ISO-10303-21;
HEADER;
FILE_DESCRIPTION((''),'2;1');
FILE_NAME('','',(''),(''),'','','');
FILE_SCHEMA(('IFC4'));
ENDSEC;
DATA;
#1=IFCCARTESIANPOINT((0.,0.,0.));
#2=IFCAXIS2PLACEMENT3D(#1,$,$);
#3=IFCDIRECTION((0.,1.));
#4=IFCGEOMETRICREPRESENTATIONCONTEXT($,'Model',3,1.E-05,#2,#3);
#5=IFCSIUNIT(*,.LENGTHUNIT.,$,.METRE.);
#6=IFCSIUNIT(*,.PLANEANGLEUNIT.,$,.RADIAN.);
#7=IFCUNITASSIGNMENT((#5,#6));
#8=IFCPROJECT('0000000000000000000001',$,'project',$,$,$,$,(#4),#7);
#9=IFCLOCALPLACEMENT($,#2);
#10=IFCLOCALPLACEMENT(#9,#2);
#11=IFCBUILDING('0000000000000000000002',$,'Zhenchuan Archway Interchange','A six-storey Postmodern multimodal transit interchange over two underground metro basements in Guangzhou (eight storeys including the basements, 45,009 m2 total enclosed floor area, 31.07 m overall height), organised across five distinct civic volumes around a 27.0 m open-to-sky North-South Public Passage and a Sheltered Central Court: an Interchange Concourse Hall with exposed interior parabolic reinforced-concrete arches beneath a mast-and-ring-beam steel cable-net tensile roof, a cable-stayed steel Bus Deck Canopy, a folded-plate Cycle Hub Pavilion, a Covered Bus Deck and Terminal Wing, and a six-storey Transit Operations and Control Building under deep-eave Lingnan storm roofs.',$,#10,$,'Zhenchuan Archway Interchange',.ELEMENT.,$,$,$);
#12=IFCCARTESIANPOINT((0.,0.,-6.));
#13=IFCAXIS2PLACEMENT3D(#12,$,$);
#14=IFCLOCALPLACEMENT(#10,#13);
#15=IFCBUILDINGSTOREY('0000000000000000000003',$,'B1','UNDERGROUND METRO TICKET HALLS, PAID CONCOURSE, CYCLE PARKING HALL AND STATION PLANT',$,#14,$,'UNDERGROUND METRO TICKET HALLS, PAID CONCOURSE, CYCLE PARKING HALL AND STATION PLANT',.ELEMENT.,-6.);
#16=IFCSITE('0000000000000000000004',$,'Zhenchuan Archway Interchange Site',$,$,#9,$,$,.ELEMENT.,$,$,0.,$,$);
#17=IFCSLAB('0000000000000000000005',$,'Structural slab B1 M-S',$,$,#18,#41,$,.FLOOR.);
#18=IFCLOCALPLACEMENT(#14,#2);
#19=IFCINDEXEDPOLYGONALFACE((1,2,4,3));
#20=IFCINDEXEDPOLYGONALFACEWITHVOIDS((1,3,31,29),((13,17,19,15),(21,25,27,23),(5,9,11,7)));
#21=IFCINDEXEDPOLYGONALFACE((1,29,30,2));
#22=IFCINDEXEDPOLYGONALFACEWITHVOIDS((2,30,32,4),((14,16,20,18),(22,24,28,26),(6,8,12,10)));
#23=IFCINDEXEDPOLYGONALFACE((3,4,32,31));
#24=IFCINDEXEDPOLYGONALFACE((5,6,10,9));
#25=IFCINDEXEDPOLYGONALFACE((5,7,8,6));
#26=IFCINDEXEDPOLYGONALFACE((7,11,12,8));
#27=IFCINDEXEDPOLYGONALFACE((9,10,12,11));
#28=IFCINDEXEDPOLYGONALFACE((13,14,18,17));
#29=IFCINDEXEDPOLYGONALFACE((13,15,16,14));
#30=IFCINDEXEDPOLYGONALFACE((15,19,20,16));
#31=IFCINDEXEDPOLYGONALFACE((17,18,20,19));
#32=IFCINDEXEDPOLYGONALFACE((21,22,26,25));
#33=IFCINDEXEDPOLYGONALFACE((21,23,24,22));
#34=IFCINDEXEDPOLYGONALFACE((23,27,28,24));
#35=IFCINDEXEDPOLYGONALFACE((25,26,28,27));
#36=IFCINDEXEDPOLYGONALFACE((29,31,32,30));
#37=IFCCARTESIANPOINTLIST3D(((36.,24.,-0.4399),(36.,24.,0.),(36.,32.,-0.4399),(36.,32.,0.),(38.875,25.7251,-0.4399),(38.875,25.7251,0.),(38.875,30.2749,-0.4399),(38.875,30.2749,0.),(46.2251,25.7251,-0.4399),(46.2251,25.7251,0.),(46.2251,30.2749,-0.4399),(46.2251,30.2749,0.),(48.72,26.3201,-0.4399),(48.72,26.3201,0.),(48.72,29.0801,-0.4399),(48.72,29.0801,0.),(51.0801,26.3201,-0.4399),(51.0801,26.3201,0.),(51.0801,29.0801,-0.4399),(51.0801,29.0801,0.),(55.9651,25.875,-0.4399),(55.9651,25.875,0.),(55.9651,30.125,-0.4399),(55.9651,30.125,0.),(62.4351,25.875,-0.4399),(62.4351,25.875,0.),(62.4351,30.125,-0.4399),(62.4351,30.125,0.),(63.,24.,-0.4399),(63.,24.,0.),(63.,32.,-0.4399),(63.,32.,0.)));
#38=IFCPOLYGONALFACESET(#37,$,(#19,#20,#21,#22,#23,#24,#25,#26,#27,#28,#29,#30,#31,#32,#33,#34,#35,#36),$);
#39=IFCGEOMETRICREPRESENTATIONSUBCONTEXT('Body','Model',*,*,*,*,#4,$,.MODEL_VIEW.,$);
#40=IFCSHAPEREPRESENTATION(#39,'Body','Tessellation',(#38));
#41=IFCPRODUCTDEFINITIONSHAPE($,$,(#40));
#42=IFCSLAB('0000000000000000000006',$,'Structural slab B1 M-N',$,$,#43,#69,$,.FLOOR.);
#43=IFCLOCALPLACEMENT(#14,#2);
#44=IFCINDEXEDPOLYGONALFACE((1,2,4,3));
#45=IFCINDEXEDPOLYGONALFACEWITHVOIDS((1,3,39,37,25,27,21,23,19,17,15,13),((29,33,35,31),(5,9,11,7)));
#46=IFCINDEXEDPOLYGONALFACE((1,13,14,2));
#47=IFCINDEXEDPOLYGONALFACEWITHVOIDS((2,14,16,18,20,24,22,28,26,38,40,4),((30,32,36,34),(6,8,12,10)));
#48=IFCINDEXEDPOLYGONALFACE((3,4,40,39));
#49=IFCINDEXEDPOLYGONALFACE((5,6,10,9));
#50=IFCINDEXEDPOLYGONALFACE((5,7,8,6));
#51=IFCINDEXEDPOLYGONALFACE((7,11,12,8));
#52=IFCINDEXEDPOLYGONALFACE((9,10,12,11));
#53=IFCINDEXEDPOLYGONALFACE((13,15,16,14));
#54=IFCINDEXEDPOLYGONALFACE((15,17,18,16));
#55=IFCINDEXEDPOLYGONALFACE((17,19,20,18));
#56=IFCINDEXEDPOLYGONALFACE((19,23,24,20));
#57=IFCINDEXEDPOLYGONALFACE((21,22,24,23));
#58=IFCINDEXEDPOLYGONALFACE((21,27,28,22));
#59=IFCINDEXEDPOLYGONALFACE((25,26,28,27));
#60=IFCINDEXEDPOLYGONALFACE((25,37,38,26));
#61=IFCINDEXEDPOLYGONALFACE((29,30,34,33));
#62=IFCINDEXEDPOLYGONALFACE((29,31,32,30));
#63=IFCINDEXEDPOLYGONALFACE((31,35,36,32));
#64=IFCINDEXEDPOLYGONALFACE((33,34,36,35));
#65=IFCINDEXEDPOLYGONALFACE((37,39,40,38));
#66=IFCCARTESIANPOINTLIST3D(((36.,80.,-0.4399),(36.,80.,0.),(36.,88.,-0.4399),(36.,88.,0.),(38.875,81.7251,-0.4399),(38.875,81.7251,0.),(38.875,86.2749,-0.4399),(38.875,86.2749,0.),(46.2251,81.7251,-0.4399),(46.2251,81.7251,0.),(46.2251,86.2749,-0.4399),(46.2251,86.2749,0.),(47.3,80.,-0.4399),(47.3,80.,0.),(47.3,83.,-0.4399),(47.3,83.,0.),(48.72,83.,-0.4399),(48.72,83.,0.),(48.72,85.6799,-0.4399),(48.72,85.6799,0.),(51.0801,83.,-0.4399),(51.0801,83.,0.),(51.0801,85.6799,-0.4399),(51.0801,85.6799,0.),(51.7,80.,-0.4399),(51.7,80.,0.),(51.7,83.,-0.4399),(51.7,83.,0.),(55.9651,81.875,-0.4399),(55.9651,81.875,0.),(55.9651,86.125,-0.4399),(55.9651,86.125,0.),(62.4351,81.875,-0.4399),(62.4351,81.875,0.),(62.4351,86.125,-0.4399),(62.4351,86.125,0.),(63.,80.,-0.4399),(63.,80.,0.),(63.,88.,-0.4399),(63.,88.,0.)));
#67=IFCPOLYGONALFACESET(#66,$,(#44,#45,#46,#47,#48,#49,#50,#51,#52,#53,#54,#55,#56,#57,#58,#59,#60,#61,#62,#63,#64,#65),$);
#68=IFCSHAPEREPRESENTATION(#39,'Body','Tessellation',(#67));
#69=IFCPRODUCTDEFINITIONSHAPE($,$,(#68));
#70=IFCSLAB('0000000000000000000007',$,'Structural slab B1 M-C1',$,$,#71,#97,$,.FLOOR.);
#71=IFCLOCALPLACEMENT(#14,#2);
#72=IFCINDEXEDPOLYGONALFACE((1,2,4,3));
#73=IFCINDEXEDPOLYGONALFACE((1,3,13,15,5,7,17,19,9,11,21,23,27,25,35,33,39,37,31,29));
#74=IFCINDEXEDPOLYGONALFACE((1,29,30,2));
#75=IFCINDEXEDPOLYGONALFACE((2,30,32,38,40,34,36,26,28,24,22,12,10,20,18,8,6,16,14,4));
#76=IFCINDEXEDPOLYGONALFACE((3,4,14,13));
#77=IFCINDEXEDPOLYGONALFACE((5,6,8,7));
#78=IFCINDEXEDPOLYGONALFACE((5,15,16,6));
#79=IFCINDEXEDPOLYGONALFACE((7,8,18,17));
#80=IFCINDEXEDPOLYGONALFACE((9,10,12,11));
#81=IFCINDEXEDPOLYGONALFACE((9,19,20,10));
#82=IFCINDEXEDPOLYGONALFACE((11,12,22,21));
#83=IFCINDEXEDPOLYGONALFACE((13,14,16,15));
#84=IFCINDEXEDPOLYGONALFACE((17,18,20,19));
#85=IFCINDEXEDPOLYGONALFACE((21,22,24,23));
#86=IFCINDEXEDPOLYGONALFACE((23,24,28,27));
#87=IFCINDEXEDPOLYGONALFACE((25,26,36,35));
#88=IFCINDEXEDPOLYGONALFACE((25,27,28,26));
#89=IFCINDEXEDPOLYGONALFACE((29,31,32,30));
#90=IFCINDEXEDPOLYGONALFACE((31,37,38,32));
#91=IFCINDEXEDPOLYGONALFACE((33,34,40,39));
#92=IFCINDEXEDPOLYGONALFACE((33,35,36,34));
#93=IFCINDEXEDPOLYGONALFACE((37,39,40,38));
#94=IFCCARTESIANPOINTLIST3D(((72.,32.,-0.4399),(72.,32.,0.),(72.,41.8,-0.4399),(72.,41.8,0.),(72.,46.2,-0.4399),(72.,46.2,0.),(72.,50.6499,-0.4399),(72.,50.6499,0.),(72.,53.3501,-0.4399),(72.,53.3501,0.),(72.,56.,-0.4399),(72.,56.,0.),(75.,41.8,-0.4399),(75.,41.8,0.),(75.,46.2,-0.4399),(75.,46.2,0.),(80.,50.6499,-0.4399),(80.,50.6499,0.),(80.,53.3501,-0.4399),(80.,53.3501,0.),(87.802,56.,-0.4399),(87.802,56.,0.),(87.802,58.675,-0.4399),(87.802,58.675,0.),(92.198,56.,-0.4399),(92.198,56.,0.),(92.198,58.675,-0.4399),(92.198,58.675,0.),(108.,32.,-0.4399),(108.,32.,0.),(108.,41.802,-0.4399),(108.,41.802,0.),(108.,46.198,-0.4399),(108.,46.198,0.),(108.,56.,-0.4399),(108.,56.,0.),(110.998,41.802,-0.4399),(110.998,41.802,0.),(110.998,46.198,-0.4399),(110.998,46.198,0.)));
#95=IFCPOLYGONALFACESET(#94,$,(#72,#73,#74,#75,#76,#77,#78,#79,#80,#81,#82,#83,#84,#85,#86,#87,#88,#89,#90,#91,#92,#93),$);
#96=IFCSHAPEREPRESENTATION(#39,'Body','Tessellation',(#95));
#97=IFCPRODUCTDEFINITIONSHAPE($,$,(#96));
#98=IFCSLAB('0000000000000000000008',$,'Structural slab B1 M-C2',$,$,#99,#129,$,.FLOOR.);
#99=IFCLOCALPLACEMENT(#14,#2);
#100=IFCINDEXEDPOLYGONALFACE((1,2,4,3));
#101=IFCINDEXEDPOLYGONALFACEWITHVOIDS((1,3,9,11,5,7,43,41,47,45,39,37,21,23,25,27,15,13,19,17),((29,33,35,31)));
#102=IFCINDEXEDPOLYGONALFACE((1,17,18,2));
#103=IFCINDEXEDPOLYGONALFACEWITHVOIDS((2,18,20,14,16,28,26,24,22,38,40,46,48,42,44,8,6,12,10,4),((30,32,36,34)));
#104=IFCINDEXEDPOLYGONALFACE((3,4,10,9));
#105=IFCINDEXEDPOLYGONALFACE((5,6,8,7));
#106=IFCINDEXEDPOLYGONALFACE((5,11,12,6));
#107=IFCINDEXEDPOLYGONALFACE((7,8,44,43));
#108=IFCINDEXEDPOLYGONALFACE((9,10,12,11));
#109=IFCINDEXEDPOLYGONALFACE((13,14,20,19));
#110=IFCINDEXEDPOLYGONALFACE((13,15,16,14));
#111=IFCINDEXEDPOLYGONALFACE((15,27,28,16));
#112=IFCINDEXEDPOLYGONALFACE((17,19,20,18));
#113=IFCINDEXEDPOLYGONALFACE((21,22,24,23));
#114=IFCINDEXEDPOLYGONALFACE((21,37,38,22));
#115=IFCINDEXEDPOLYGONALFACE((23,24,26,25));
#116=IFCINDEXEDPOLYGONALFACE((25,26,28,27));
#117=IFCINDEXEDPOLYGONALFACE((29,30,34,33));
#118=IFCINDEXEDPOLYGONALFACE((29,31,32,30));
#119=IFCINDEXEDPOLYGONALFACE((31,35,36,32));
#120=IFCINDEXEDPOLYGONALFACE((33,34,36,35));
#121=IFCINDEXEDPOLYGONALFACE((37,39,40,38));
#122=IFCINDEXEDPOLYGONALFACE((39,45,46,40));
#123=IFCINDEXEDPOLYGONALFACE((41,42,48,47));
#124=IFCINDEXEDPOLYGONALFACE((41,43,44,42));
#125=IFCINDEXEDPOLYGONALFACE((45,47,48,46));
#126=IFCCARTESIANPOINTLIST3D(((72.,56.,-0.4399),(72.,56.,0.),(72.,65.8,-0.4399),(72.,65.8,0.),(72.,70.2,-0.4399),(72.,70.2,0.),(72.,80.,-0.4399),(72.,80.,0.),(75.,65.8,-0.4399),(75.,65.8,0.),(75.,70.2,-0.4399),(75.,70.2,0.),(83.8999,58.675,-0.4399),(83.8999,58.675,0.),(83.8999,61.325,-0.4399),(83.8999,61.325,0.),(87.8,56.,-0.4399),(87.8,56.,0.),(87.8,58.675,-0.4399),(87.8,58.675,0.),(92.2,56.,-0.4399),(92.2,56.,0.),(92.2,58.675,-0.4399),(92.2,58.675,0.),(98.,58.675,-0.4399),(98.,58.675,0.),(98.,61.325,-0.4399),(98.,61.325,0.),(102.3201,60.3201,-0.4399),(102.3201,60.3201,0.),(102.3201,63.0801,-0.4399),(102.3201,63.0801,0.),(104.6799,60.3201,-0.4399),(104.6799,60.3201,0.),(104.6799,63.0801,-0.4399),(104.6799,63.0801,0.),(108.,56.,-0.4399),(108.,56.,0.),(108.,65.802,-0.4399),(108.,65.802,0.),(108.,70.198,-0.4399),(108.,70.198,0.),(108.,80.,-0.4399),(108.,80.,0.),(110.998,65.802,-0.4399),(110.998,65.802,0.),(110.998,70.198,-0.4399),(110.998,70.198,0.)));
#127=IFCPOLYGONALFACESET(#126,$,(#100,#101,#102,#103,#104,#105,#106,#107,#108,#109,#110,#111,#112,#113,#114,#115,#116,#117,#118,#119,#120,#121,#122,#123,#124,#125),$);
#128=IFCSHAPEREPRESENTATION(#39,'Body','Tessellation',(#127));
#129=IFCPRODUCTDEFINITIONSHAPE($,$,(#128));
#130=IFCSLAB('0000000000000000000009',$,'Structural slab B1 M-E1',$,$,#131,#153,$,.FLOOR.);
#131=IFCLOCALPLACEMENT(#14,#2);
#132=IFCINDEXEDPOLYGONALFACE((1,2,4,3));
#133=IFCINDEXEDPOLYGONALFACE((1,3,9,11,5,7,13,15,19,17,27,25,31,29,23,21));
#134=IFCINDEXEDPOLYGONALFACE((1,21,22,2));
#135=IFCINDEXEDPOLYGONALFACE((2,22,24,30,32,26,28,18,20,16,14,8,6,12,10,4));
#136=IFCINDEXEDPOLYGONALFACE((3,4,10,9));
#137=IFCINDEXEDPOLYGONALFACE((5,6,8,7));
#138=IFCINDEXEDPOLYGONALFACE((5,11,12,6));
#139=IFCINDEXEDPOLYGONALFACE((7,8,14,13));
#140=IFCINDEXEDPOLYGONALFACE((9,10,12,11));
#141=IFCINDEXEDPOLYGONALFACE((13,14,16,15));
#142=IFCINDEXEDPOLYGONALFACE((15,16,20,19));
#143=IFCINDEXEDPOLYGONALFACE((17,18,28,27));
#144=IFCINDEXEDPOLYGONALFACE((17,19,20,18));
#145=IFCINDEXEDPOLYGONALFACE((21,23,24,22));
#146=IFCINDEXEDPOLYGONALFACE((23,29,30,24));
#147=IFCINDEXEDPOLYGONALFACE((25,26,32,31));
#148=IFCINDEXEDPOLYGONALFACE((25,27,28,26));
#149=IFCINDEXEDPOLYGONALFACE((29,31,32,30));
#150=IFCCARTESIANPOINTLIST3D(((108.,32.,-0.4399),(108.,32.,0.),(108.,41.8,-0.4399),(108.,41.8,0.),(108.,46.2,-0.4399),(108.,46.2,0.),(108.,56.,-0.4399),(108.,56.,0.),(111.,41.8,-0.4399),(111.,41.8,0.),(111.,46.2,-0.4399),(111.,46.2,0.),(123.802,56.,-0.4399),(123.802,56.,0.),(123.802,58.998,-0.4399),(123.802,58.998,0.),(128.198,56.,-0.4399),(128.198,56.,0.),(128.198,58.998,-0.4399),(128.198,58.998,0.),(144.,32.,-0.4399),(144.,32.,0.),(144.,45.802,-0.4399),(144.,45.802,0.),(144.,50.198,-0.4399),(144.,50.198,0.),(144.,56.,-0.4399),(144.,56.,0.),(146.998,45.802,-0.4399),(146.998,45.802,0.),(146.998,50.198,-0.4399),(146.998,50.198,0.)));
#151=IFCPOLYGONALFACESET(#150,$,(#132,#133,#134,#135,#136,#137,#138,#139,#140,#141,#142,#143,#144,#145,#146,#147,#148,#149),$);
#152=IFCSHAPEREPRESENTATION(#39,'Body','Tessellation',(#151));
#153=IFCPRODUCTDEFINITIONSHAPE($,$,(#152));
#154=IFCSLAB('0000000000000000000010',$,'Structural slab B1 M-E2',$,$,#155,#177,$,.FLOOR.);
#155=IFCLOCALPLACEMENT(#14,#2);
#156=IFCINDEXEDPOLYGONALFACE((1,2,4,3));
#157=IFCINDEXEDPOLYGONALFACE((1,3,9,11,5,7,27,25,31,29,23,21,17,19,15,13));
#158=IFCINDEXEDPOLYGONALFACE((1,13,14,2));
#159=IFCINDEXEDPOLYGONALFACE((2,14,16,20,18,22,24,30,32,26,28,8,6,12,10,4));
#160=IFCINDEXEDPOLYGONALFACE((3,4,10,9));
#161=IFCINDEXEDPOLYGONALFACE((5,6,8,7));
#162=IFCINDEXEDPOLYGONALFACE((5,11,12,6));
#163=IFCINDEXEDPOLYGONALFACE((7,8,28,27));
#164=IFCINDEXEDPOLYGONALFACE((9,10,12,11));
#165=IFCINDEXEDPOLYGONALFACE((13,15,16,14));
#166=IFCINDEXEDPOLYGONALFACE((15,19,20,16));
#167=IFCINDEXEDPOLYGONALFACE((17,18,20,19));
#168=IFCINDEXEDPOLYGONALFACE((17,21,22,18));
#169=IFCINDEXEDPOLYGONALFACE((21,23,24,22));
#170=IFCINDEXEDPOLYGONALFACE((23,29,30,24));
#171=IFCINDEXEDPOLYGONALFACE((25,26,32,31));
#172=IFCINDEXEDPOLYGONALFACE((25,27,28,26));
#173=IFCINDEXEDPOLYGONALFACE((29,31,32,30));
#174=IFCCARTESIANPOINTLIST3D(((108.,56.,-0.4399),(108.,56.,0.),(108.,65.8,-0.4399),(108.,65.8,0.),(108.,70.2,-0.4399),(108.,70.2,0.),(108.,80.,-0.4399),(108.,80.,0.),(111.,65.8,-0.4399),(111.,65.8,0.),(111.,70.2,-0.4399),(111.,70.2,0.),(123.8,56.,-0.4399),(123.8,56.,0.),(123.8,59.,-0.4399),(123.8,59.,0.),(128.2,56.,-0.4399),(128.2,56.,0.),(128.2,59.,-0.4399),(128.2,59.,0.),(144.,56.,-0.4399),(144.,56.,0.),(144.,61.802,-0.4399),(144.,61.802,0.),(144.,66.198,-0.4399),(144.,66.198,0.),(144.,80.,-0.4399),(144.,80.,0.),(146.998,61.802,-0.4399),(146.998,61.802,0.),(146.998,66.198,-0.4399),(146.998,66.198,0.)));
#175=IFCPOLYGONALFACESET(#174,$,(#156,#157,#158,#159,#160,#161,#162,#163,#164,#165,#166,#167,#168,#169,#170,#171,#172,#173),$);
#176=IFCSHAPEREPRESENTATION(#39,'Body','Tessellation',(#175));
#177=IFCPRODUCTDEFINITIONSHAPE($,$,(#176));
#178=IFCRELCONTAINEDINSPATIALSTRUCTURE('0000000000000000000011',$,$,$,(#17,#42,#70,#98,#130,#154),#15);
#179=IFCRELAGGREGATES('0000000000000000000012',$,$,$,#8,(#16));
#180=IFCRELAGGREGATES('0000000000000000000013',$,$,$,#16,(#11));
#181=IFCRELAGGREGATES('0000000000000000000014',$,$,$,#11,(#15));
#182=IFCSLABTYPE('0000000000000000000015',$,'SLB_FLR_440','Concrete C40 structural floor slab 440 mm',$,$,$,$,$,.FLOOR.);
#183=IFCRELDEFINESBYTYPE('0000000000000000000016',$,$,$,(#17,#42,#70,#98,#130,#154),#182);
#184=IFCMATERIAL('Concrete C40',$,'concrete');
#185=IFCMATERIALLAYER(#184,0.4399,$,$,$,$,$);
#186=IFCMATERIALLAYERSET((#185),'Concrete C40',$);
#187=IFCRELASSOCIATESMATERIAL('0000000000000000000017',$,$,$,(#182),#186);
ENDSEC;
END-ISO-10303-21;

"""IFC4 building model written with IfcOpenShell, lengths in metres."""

from ifc_helpers import new_model, si_unit, direction, frame, origin, place, context, subcontext, project, spatial, polyline, outline, extrude, material, layer, layer_set, type_object, element, save


model = new_model("IFC4")

# Units and contexts
model_context = context("Model", 3, precision=1e-05, world=origin(), true_north=direction((0.0, 1.0)))
body_context = subcontext(model_context, "Body", "Model", "MODEL_VIEW")
ifc_project = project(units=[si_unit("LENGTHUNIT", "METRE"), si_unit("PLANEANGLEUNIT", "RADIAN")], contexts=[model_context])

# Site, building, storey
site_placement = place(None, origin())
site = spatial("IfcSite", under=ifc_project, at=site_placement, Name="Zhenchuan Archway Interchange Site", CompositionType="ELEMENT", RefElevation=0.0)
building_placement = place(site_placement, origin())
building = spatial("IfcBuilding", under=site, at=building_placement, Name="Zhenchuan Archway Interchange", Description="A six-storey Postmodern multimodal transit interchange over two underground metro basements in Guangzhou (eight storeys including the basements, 45,009 m2 total enclosed floor area, 31.07 m overall height), organised across five distinct civic volumes around a 27.0 m open-to-sky North-South Public Passage and a Sheltered Central Court: an Interchange Concourse Hall with exposed interior parabolic reinforced-concrete arches beneath a mast-and-ring-beam steel cable-net tensile roof, a cable-stayed steel Bus Deck Canopy, a folded-plate Cycle Hub Pavilion, a Covered Bus Deck and Terminal Wing, and a six-storey Transit Operations and Control Building under deep-eave Lingnan storm roofs.", LongName="Zhenchuan Archway Interchange", CompositionType="ELEMENT")
storey_placement = place(building_placement, frame((0.0, 0.0, -6.0)))
storey = spatial("IfcBuildingStorey", under=building, at=storey_placement, Name="B1", Description="UNDERGROUND METRO TICKET HALLS, PAID CONCOURSE, CYCLE PARKING HALL AND STATION PLANT", LongName="UNDERGROUND METRO TICKET HALLS, PAID CONCOURSE, CYCLE PARKING HALL AND STATION PLANT", CompositionType="ELEMENT", Elevation=-6.0)

# Shared definitions
ifc_material_1 = material(Name="Concrete C40", Category="concrete")

# Slabs
ifc_layer_1 = layer(ifc_material_1, 0.4399)
ifc_layer_set_1 = layer_set([ifc_layer_1], Name="Concrete C40")
slab_type_1 = type_object("IfcSlabType", Name="SLB_FLR_440", Description="Concrete C40 structural floor slab 440 mm", PredefinedType="FLOOR", material=ifc_layer_set_1)
slab_1_placement = place(storey_placement, frame((0.0, 0.0, -0.4399)))
element("IfcSlab", 1, at=slab_1_placement, inside=storey, type_object=slab_type_1, Name="Structural slab B1 M-S", PredefinedType="FLOOR", context=body_context, shape_type="SweptSolid", body=[
    extrude(outline(polyline([(63.0, 32.0), (63.0, 24.0), (36.0, 24.0), (36.0, 32.0), (63.0, 32.0)]), holes=[polyline([(38.875, 30.2749), (38.875, 25.7251), (46.2251, 25.7251), (46.2251, 30.2749), (38.875, 30.2749)]), polyline([(62.4351, 30.125), (55.9651, 30.125), (55.9651, 25.875), (62.4351, 25.875), (62.4351, 30.125)]), polyline([(51.0801, 26.3201), (51.0801, 29.0801), (48.72, 29.0801), (48.72, 26.3201), (51.0801, 26.3201)])]), origin(), (0.0, 0.0, 1.0), 0.4399),
])
slab_2_placement = place(storey_placement, frame((0.0, 0.0, -0.4399)))
element("IfcSlab", 2, at=slab_2_placement, inside=storey, type_object=slab_type_1, Name="Structural slab B1 M-N", PredefinedType="FLOOR", context=body_context, shape_type="SweptSolid", body=[
    extrude(outline(polyline([(63.0, 80.0), (51.7, 80.0), (51.7, 83.0), (51.0801, 83.0), (51.0801, 85.6799), (48.72, 85.6799), (48.72, 83.0), (47.3, 83.0), (47.3, 80.0), (36.0, 80.0), (36.0, 88.0), (63.0, 88.0), (63.0, 80.0)]), holes=[polyline([(38.875, 86.2749), (38.875, 81.7251), (46.2251, 81.7251), (46.2251, 86.2749), (38.875, 86.2749)]), polyline([(62.4351, 86.125), (55.9651, 86.125), (55.9651, 81.875), (62.4351, 81.875), (62.4351, 86.125)])]), origin(), (0.0, 0.0, 1.0), 0.4399),
])
slab_3_placement = place(storey_placement, frame((0.0, 0.0, -0.4399)))
element("IfcSlab", 3, at=slab_3_placement, inside=storey, type_object=slab_type_1, Name="Structural slab B1 M-C1", PredefinedType="FLOOR", context=body_context, shape_type="SweptSolid", body=[
    extrude(outline(polyline([(92.198, 56.0), (108.0, 56.0), (108.0, 46.198), (110.998, 46.198), (110.998, 41.802), (108.0, 41.802), (108.0, 32.0), (72.0, 32.0), (72.0, 41.8), (75.0, 41.8), (75.0, 46.2), (72.0, 46.2), (72.0, 50.6499), (80.0, 50.6499), (80.0, 53.3501), (72.0, 53.3501), (72.0, 56.0), (87.802, 56.0), (87.802, 58.675), (92.198, 58.675), (92.198, 56.0)])), origin(), (0.0, 0.0, 1.0), 0.4399),
])
slab_4_placement = place(storey_placement, frame((0.0, 0.0, -0.4399)))
element("IfcSlab", 4, at=slab_4_placement, inside=storey, type_object=slab_type_1, Name="Structural slab B1 M-C2", PredefinedType="FLOOR", context=body_context, shape_type="SweptSolid", body=[
    extrude(outline(polyline([(110.998, 65.802), (108.0, 65.802), (108.0, 56.0), (92.2, 56.0), (92.2, 58.675), (98.0, 58.675), (98.0, 61.325), (83.8999, 61.325), (83.8999, 58.675), (87.8, 58.675), (87.8, 56.0), (72.0, 56.0), (72.0, 65.8), (75.0, 65.8), (75.0, 70.2), (72.0, 70.2), (72.0, 80.0), (108.0, 80.0), (108.0, 70.198), (110.998, 70.198), (110.998, 65.802)]), holes=[polyline([(104.6799, 60.3201), (104.6799, 63.0801), (102.3201, 63.0801), (102.3201, 60.3201), (104.6799, 60.3201)])]), origin(), (0.0, 0.0, 1.0), 0.4399),
])
slab_5_placement = place(storey_placement, frame((0.0, 0.0, -0.4399)))
element("IfcSlab", 5, at=slab_5_placement, inside=storey, type_object=slab_type_1, Name="Structural slab B1 M-E1", PredefinedType="FLOOR", context=body_context, shape_type="SweptSolid", body=[
    extrude(outline(polyline([(123.802, 58.998), (128.198, 58.998), (128.198, 56.0), (144.0, 56.0), (144.0, 50.198), (146.998, 50.198), (146.998, 45.802), (144.0, 45.802), (144.0, 32.0), (108.0, 32.0), (108.0, 41.8), (111.0, 41.8), (111.0, 46.2), (108.0, 46.2), (108.0, 56.0), (123.802, 56.0), (123.802, 58.998)])), origin(), (0.0, 0.0, 1.0), 0.4399),
])
slab_6_placement = place(storey_placement, frame((0.0, 0.0, -0.4399)))
element("IfcSlab", 6, at=slab_6_placement, inside=storey, type_object=slab_type_1, Name="Structural slab B1 M-E2", PredefinedType="FLOOR", context=body_context, shape_type="SweptSolid", body=[
    extrude(outline(polyline([(144.0, 66.198), (146.998, 66.198), (146.998, 61.802), (144.0, 61.802), (144.0, 56.0), (128.2, 56.0), (128.2, 59.0), (123.8, 59.0), (123.8, 56.0), (108.0, 56.0), (108.0, 65.8), (111.0, 65.8), (111.0, 70.2), (108.0, 70.2), (108.0, 80.0), (144.0, 80.0), (144.0, 66.198)])), origin(), (0.0, 0.0, 1.0), 0.4399),
])

save(model, "model.ifc")
